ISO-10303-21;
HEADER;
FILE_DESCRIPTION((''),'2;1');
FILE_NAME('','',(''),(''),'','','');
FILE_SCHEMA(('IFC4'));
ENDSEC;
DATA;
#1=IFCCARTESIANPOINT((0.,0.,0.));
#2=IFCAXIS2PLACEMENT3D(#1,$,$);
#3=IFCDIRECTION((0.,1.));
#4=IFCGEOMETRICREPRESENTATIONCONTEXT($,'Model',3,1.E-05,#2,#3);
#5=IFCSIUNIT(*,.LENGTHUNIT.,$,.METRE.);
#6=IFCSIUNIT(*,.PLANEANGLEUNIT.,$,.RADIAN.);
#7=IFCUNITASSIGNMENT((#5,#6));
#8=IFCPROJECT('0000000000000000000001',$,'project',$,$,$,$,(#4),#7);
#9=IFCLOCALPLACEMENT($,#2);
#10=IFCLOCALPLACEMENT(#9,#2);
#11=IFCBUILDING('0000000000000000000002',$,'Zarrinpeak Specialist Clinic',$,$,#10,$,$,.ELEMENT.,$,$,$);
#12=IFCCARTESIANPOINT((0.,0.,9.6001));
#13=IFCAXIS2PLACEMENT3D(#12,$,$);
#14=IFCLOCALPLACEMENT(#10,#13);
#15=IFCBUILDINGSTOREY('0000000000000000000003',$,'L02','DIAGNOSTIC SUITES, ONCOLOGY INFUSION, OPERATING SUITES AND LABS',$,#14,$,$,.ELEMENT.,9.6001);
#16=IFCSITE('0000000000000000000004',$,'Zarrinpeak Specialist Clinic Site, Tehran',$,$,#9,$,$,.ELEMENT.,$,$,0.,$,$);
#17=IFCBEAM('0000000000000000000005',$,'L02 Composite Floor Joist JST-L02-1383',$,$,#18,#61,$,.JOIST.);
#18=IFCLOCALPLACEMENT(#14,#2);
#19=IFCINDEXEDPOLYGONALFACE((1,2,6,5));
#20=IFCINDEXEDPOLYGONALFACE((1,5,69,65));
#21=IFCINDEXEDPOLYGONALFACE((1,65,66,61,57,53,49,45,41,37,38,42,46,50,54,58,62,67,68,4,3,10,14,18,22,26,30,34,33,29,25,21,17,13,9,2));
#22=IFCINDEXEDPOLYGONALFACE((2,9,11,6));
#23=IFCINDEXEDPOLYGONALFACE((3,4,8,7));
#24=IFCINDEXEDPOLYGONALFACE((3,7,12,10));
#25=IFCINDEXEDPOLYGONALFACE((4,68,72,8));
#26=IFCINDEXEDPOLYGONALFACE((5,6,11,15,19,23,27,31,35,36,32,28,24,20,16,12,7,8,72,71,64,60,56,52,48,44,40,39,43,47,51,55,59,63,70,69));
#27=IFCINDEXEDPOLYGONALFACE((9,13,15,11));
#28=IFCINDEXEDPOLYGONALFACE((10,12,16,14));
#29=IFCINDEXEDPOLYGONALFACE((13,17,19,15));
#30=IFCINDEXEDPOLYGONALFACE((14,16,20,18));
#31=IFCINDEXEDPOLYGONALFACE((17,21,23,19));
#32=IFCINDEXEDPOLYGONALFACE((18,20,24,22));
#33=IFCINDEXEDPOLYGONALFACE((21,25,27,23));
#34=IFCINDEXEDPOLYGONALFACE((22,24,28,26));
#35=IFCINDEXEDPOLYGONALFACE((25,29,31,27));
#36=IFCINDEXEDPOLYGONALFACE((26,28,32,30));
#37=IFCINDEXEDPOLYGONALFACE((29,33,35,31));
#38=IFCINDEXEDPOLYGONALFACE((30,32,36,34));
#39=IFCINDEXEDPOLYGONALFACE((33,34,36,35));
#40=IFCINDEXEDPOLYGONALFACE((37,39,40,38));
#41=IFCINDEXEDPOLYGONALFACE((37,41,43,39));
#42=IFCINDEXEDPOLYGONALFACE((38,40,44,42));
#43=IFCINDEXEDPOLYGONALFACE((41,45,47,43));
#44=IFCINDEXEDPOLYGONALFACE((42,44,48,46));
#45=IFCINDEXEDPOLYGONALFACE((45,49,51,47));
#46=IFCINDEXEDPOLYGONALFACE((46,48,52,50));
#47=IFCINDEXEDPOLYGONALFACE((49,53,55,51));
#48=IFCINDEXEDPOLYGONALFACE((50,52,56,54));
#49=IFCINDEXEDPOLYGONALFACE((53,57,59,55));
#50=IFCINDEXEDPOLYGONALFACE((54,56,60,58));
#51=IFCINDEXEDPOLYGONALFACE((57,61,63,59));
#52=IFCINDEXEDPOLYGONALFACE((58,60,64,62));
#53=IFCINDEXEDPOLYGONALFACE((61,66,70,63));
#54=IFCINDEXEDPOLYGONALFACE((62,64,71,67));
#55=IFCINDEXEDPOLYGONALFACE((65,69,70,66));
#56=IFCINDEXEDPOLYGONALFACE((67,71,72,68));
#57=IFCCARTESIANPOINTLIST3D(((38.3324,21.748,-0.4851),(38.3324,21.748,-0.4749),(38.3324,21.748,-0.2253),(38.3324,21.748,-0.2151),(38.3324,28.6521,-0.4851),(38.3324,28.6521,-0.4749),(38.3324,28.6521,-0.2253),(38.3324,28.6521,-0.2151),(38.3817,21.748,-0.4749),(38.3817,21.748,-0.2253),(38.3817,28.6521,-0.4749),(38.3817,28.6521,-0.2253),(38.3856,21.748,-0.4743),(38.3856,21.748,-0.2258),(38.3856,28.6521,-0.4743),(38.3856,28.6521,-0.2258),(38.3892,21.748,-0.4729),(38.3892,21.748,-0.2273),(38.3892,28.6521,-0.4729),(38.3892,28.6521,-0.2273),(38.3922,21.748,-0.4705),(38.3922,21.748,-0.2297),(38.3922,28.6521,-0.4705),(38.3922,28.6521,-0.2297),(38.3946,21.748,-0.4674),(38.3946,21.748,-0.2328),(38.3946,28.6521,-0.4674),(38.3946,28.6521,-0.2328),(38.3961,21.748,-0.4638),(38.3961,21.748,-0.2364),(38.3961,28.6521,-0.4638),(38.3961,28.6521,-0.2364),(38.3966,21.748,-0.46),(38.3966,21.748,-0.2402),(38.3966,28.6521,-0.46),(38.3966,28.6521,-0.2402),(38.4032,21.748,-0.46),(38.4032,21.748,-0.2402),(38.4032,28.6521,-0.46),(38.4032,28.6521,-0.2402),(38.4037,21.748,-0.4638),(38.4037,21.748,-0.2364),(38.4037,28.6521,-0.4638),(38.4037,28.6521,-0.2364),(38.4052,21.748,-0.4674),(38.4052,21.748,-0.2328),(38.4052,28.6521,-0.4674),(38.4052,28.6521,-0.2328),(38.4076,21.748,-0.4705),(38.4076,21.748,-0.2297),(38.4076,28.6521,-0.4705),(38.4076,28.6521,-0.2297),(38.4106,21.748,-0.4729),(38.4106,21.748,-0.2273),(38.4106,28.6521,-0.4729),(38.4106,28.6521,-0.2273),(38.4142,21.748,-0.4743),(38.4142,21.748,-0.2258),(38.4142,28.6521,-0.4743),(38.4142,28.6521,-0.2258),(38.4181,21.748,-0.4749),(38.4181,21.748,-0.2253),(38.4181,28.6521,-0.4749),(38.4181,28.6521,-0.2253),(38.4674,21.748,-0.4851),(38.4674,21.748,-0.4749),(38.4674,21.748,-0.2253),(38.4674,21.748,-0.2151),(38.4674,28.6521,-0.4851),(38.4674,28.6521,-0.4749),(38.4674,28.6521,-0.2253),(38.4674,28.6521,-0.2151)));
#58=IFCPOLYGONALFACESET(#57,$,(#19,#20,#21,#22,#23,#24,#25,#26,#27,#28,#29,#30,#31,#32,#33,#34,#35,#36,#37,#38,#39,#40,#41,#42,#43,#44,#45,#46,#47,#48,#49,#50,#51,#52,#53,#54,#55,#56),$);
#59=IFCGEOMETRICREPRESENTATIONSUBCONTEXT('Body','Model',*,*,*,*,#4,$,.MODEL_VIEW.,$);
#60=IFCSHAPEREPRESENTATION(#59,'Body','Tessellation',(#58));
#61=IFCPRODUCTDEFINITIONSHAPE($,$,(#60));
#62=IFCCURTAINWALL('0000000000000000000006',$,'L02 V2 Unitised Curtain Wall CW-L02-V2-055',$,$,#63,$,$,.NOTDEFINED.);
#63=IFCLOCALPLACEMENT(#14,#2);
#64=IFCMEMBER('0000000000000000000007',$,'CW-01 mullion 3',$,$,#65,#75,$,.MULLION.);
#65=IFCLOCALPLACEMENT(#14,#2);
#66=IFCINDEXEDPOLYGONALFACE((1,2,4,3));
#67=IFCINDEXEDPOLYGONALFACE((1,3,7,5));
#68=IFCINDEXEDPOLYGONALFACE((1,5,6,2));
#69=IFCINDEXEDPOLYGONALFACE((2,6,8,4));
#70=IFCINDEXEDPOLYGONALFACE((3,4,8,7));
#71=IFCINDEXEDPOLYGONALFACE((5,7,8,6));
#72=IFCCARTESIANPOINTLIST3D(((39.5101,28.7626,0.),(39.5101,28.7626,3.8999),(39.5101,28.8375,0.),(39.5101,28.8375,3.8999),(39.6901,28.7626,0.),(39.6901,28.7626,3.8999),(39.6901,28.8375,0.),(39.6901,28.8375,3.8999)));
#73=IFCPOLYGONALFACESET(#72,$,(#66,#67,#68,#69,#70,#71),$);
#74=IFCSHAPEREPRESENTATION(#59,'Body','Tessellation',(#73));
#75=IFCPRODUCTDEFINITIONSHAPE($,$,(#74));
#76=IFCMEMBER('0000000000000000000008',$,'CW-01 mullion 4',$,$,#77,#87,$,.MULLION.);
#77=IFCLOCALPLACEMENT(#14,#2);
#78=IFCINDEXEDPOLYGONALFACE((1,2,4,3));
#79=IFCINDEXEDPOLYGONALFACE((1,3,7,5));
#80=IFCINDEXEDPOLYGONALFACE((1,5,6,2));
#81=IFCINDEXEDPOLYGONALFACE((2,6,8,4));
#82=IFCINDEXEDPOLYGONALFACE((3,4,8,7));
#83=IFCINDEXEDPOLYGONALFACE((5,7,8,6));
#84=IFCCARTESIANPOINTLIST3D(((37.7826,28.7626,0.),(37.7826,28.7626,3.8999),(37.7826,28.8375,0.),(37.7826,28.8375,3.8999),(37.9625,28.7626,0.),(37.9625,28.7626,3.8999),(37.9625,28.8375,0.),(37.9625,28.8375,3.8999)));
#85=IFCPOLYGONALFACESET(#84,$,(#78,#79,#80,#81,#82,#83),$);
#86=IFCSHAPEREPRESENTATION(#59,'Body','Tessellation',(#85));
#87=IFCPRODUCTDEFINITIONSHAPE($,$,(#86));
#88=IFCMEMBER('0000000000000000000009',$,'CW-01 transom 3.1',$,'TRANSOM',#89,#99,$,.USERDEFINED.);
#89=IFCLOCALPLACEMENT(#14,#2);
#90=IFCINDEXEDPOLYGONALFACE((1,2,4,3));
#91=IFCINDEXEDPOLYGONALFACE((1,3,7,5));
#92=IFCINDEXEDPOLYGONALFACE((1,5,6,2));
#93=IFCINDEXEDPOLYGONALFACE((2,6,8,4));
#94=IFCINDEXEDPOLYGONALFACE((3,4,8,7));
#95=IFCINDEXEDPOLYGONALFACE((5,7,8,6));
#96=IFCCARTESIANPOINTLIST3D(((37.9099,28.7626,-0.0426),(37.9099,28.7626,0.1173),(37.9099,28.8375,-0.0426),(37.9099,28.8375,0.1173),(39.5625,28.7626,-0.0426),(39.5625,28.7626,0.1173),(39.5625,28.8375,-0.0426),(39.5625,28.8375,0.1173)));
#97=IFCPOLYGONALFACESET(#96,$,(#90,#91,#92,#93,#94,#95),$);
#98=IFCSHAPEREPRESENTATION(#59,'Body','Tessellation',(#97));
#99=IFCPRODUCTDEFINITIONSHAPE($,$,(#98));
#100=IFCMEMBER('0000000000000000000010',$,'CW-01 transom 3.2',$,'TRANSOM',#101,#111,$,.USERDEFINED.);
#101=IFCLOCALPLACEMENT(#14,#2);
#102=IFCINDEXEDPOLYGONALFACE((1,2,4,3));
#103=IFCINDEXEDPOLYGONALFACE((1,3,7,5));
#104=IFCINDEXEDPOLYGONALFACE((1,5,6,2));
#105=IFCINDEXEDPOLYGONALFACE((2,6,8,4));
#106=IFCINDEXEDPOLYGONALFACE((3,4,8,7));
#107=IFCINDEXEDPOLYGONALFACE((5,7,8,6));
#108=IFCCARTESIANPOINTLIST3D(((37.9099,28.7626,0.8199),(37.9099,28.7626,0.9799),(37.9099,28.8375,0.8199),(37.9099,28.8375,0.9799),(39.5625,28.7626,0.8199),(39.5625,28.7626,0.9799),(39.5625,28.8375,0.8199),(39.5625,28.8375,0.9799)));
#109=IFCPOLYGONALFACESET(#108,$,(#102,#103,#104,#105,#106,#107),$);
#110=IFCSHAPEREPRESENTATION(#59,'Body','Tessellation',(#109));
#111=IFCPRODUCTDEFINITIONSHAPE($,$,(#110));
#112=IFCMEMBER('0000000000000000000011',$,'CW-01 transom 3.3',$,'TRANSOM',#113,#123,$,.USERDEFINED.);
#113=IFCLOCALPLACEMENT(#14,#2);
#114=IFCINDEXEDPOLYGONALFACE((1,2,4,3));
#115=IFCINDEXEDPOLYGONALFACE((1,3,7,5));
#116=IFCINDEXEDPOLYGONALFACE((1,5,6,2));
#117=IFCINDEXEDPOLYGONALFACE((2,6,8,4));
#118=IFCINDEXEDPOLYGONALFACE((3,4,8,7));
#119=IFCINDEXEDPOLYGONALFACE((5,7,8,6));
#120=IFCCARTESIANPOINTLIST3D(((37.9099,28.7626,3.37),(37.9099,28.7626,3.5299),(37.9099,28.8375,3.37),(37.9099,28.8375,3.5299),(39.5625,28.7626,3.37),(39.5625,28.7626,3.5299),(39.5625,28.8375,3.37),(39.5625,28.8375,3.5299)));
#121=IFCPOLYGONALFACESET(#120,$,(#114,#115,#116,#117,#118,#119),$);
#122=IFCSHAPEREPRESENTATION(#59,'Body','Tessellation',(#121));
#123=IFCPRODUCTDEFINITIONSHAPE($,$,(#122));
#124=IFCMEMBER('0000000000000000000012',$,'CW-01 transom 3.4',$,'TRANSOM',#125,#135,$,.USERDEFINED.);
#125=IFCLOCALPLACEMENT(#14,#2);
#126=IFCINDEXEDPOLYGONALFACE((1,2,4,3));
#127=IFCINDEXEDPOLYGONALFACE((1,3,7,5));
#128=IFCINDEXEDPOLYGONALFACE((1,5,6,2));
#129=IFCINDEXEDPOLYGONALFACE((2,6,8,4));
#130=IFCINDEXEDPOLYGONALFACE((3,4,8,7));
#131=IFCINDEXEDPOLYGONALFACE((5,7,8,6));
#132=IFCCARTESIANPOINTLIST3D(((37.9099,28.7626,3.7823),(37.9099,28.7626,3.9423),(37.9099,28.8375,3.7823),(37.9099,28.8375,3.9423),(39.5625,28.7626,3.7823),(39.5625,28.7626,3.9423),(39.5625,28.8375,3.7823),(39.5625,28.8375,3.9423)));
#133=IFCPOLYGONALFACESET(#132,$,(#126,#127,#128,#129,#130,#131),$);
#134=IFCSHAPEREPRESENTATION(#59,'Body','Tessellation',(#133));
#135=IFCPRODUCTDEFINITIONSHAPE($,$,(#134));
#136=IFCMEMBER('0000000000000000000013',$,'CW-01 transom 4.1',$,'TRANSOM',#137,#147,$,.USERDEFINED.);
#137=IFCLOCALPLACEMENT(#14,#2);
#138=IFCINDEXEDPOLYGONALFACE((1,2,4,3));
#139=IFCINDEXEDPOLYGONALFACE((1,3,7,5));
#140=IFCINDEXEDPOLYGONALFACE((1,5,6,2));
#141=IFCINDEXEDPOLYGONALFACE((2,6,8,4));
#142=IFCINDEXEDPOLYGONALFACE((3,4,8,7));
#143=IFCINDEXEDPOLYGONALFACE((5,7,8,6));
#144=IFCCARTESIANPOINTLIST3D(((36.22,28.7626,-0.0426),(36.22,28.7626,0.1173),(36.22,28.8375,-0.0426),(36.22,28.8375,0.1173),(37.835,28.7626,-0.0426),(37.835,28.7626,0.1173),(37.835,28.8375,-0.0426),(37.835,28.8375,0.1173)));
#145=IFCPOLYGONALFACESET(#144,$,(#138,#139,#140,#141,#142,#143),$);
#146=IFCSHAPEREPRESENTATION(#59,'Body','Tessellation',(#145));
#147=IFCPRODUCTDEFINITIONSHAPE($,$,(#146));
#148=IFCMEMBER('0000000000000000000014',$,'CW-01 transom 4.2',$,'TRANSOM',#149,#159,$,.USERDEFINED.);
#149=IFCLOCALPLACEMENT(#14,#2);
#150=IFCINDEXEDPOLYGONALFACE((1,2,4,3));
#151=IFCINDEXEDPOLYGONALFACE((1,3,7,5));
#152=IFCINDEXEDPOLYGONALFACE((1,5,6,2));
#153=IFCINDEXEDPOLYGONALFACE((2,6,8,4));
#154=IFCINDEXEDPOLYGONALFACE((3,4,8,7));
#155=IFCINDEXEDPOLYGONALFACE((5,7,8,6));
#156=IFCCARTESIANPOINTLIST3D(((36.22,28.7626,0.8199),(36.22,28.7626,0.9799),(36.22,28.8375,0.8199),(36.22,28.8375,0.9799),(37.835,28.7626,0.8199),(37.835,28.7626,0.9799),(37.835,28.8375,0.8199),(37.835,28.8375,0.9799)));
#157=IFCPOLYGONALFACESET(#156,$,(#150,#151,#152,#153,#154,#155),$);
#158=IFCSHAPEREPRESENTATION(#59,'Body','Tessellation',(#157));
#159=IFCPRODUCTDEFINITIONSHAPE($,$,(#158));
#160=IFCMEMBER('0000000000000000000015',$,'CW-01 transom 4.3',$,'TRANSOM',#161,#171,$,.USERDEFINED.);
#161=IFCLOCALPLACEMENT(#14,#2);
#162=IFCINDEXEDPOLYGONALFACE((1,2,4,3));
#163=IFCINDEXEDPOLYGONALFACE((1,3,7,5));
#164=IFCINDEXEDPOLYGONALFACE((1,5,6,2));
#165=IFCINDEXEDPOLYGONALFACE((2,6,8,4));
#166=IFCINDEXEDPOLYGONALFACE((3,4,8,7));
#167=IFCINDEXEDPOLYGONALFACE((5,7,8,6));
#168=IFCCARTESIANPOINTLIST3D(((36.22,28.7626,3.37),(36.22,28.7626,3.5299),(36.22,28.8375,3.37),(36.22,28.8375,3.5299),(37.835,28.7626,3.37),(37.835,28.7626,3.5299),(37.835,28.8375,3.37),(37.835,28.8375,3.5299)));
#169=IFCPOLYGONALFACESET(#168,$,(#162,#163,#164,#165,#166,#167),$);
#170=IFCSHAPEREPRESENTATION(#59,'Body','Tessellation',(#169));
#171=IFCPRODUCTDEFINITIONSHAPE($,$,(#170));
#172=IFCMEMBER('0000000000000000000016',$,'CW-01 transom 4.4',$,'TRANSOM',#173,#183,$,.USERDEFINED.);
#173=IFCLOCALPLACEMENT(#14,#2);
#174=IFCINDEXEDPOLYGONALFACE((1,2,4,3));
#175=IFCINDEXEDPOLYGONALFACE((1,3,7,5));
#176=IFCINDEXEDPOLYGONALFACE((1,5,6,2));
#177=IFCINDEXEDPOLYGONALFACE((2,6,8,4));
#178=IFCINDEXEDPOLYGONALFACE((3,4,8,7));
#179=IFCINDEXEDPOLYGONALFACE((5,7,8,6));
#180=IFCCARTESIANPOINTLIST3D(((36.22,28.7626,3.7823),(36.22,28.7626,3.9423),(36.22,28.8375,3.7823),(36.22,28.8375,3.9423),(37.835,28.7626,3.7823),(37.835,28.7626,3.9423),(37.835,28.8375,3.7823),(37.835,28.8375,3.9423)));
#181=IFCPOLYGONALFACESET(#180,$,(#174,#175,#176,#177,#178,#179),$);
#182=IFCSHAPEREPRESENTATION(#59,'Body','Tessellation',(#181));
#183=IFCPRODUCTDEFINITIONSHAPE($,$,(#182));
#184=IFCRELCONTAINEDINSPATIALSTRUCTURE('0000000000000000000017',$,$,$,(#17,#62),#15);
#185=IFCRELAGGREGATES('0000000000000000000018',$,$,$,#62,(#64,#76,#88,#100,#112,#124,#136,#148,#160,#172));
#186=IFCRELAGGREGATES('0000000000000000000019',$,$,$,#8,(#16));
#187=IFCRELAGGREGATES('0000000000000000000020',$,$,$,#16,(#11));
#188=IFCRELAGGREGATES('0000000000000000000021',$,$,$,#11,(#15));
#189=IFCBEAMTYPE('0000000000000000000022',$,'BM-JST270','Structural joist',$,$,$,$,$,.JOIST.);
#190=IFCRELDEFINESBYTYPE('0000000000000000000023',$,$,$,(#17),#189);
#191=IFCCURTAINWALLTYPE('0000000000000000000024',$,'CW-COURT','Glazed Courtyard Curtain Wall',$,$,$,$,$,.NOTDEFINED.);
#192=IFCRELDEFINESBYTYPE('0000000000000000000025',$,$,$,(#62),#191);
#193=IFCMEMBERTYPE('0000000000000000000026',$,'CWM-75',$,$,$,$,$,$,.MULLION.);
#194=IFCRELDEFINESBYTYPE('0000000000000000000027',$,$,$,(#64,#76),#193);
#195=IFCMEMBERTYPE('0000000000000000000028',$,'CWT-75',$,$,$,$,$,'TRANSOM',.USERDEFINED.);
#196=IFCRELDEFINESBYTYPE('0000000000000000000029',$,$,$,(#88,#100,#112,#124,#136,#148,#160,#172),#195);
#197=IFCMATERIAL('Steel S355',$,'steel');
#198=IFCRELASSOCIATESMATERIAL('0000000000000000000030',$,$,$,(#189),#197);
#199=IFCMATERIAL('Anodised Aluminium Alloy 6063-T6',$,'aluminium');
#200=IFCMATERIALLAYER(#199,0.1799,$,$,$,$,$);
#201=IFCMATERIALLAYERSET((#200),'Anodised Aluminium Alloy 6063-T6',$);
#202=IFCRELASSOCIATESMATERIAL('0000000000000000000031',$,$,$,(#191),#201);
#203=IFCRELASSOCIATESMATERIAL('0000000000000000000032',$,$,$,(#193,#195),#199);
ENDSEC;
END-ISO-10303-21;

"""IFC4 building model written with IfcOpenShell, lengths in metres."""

from ifc_helpers import new_model, si_unit, direction, frame, origin, origin_2d, place, context, subcontext, project, spatial, rectangle, i_section, extrude, material, layer, layer_set, material_profile, profile_set, type_object, element, aggregate, save


model = new_model("IFC4")

# Units and contexts
model_context = context("Model", 3, precision=1e-05, world=origin(), true_north=direction((0.0, 1.0)))
body_context = subcontext(model_context, "Body", "Model", "MODEL_VIEW")
ifc_project = project(units=[si_unit("LENGTHUNIT", "METRE"), si_unit("PLANEANGLEUNIT", "RADIAN")], contexts=[model_context])

# Site, building, storey
site_placement = place(None, origin())
site = spatial("IfcSite", under=ifc_project, at=site_placement, Name="Zarrinpeak Specialist Clinic Site, Tehran", CompositionType="ELEMENT", RefElevation=0.0)
building_placement = place(site_placement, origin())
building = spatial("IfcBuilding", under=site, at=building_placement, Name="Zarrinpeak Specialist Clinic", CompositionType="ELEMENT")
storey_placement = place(building_placement, frame((0.0, 0.0, 9.6001)))
storey = spatial("IfcBuildingStorey", under=building, at=storey_placement, Name="L02", Description="DIAGNOSTIC SUITES, ONCOLOGY INFUSION, OPERATING SUITES AND LABS", CompositionType="ELEMENT", Elevation=9.6001)

# Beam
ifc_material_1 = material(Name="Steel S355", Category="steel")
ifc_material_profile_1 = material_profile(ifc_material_1, i_section(OverallWidth=0.135, OverallDepth=0.27, WebThickness=0.0066, FlangeThickness=0.0103, FilletRadius=0.0149, at=origin_2d()), Name="IPE 270")
ifc_profile_set_1 = profile_set([ifc_material_profile_1], Name="Steel S355")
beam_type = type_object("IfcBeamType", Name="BM-JST270", Description="Structural joist", PredefinedType="JOIST", material=ifc_profile_set_1)
beam_placement = place(storey_placement, frame((38.3999, 21.748, -0.3501), z_axis=(0.0, 1.0, 0.0), x_axis=(-1.0, 0.0, 0.0)))
element("IfcBeam", 1, at=beam_placement, inside=storey, type_object=beam_type, Name="L02 Composite Floor Joist JST-L02-1383", PredefinedType="JOIST", context=body_context, shape_type="SweptSolid", body=[
    extrude(i_section(OverallWidth=0.135, OverallDepth=0.27, WebThickness=0.0066, FlangeThickness=0.0103, FilletRadius=0.0149, at=origin_2d()), origin(), (0.0, 0.0, 1.0), 6.9041),
])

# Curtain wall, members
ifc_material_2 = material(Name="Anodised Aluminium Alloy 6063-T6", Category="aluminium")
ifc_layer_1 = layer(ifc_material_2, 0.1799)
ifc_layer_set_1 = layer_set([ifc_layer_1], Name="Anodised Aluminium Alloy 6063-T6")
curtain_wall_type = type_object("IfcCurtainWallType", Name="CW-COURT", Description="Glazed Courtyard Curtain Wall", PredefinedType="NOTDEFINED", material=ifc_layer_set_1)
curtain_wall_placement = place(storey_placement, origin())
curtain_wall = element("IfcCurtainWall", 2, at=curtain_wall_placement, inside=storey, type_object=curtain_wall_type, Name="L02 V2 Unitised Curtain Wall CW-L02-V2-055", PredefinedType="NOTDEFINED")
ifc_material_profile_2 = material_profile(ifc_material_2, rectangle(XDim=0.075, YDim=0.1799, at=origin_2d()), Name="ALU 75x180")
ifc_profile_set_2 = profile_set([ifc_material_profile_2], Name="Anodised Aluminium Alloy 6063-T6")
member_type_1 = type_object("IfcMemberType", Name="CWM-75", PredefinedType="MULLION", material=ifc_profile_set_2)
member_1_placement = place(storey_placement, frame((39.6001, 28.8, 0.0), z_axis=(0.0, 0.0, 1.0), x_axis=(0.0, -1.0, 0.0)))
member_1 = element("IfcMember", 3, at=member_1_placement, type_object=member_type_1, Name="CW-01 mullion 3", PredefinedType="MULLION", context=body_context, shape_type="SweptSolid", body=[
    extrude(rectangle(XDim=0.075, YDim=0.1799, at=origin_2d()), origin(), (0.0, 0.0, 1.0), 3.8999),
])
member_2_placement = place(storey_placement, frame((37.8726, 28.8, 0.0), z_axis=(0.0, 0.0, 1.0), x_axis=(0.0, -1.0, 0.0)))
member_2 = element("IfcMember", 4, at=member_2_placement, type_object=member_type_1, Name="CW-01 mullion 4", PredefinedType="MULLION", context=body_context, shape_type="SweptSolid", body=[
    extrude(rectangle(XDim=0.075, YDim=0.1799, at=origin_2d()), origin(), (0.0, 0.0, 1.0), 3.8999),
])
ifc_material_profile_3 = material_profile(ifc_material_2, rectangle(XDim=0.075, YDim=0.1599, at=origin_2d()), Name="ALU 75x160")
ifc_profile_set_3 = profile_set([ifc_material_profile_3], Name="Anodised Aluminium Alloy 6063-T6")
member_type_2 = type_object("IfcMemberType", Name="CWT-75", ElementType="TRANSOM", PredefinedType="USERDEFINED", material=ifc_profile_set_3)
member_3_placement = place(storey_placement, frame((39.5625, 28.8, 0.0374), z_axis=(-1.0, 0.0, 0.0), x_axis=(0.0, -1.0, 0.0)))
member_3 = element("IfcMember", 5, at=member_3_placement, type_object=member_type_2, Name="CW-01 transom 3.1", ObjectType="TRANSOM", PredefinedType="USERDEFINED", context=body_context, shape_type="SweptSolid", body=[
    extrude(rectangle(XDim=0.075, YDim=0.1599, at=origin_2d()), origin(), (0.0, 0.0, 1.0), 1.6526),
])
member_4_placement = place(storey_placement, frame((39.5625, 28.8, 0.8999), z_axis=(-1.0, 0.0, 0.0), x_axis=(0.0, -1.0, 0.0)))
member_4 = element("IfcMember", 6, at=member_4_placement, type_object=member_type_2, Name="CW-01 transom 3.2", ObjectType="TRANSOM", PredefinedType="USERDEFINED", context=body_context, shape_type="SweptSolid", body=[
    extrude(rectangle(XDim=0.075, YDim=0.1599, at=origin_2d()), origin(), (0.0, 0.0, 1.0), 1.6526),
])
member_5_placement = place(storey_placement, frame((39.5625, 28.8, 3.45), z_axis=(-1.0, 0.0, 0.0), x_axis=(0.0, -1.0, 0.0)))
member_5 = element("IfcMember", 7, at=member_5_placement, type_object=member_type_2, Name="CW-01 transom 3.3", ObjectType="TRANSOM", PredefinedType="USERDEFINED", context=body_context, shape_type="SweptSolid", body=[
    extrude(rectangle(XDim=0.075, YDim=0.1599, at=origin_2d()), origin(), (0.0, 0.0, 1.0), 1.6526),
])
member_6_placement = place(storey_placement, frame((39.5625, 28.8, 3.8623), z_axis=(-1.0, 0.0, 0.0), x_axis=(0.0, -1.0, 0.0)))
member_6 = element("IfcMember", 8, at=member_6_placement, type_object=member_type_2, Name="CW-01 transom 3.4", ObjectType="TRANSOM", PredefinedType="USERDEFINED", context=body_context, shape_type="SweptSolid", body=[
    extrude(rectangle(XDim=0.075, YDim=0.1599, at=origin_2d()), origin(), (0.0, 0.0, 1.0), 1.6526),
])
member_7_placement = place(storey_placement, frame((37.835, 28.8, 0.0374), z_axis=(-1.0, 0.0, 0.0), x_axis=(0.0, -1.0, 0.0)))
member_7 = element("IfcMember", 9, at=member_7_placement, type_object=member_type_2, Name="CW-01 transom 4.1", ObjectType="TRANSOM", PredefinedType="USERDEFINED", context=body_context, shape_type="SweptSolid", body=[
    extrude(rectangle(XDim=0.075, YDim=0.1599, at=origin_2d()), origin(), (0.0, 0.0, 1.0), 1.615),
])
member_8_placement = place(storey_placement, frame((37.835, 28.8, 0.8999), z_axis=(-1.0, 0.0, 0.0), x_axis=(0.0, -1.0, 0.0)))
member_8 = element("IfcMember", 10, at=member_8_placement, type_object=member_type_2, Name="CW-01 transom 4.2", ObjectType="TRANSOM", PredefinedType="USERDEFINED", context=body_context, shape_type="SweptSolid", body=[
    extrude(rectangle(XDim=0.075, YDim=0.1599, at=origin_2d()), origin(), (0.0, 0.0, 1.0), 1.615),
])
member_9_placement = place(storey_placement, frame((37.835, 28.8, 3.45), z_axis=(-1.0, 0.0, 0.0), x_axis=(0.0, -1.0, 0.0)))
member_9 = element("IfcMember", 11, at=member_9_placement, type_object=member_type_2, Name="CW-01 transom 4.3", ObjectType="TRANSOM", PredefinedType="USERDEFINED", context=body_context, shape_type="SweptSolid", body=[
    extrude(rectangle(XDim=0.075, YDim=0.1599, at=origin_2d()), origin(), (0.0, 0.0, 1.0), 1.615),
])
member_10_placement = place(storey_placement, frame((37.835, 28.8, 3.8623), z_axis=(-1.0, 0.0, 0.0), x_axis=(0.0, -1.0, 0.0)))
member_10 = element("IfcMember", 12, at=member_10_placement, type_object=member_type_2, Name="CW-01 transom 4.4", ObjectType="TRANSOM", PredefinedType="USERDEFINED", context=body_context, shape_type="SweptSolid", body=[
    extrude(rectangle(XDim=0.075, YDim=0.1599, at=origin_2d()), origin(), (0.0, 0.0, 1.0), 1.615),
])
aggregate(curtain_wall, [member_1, member_2, member_3, member_4, member_5, member_6, member_7, member_8, member_9, member_10])

save(model, "model.ifc")
